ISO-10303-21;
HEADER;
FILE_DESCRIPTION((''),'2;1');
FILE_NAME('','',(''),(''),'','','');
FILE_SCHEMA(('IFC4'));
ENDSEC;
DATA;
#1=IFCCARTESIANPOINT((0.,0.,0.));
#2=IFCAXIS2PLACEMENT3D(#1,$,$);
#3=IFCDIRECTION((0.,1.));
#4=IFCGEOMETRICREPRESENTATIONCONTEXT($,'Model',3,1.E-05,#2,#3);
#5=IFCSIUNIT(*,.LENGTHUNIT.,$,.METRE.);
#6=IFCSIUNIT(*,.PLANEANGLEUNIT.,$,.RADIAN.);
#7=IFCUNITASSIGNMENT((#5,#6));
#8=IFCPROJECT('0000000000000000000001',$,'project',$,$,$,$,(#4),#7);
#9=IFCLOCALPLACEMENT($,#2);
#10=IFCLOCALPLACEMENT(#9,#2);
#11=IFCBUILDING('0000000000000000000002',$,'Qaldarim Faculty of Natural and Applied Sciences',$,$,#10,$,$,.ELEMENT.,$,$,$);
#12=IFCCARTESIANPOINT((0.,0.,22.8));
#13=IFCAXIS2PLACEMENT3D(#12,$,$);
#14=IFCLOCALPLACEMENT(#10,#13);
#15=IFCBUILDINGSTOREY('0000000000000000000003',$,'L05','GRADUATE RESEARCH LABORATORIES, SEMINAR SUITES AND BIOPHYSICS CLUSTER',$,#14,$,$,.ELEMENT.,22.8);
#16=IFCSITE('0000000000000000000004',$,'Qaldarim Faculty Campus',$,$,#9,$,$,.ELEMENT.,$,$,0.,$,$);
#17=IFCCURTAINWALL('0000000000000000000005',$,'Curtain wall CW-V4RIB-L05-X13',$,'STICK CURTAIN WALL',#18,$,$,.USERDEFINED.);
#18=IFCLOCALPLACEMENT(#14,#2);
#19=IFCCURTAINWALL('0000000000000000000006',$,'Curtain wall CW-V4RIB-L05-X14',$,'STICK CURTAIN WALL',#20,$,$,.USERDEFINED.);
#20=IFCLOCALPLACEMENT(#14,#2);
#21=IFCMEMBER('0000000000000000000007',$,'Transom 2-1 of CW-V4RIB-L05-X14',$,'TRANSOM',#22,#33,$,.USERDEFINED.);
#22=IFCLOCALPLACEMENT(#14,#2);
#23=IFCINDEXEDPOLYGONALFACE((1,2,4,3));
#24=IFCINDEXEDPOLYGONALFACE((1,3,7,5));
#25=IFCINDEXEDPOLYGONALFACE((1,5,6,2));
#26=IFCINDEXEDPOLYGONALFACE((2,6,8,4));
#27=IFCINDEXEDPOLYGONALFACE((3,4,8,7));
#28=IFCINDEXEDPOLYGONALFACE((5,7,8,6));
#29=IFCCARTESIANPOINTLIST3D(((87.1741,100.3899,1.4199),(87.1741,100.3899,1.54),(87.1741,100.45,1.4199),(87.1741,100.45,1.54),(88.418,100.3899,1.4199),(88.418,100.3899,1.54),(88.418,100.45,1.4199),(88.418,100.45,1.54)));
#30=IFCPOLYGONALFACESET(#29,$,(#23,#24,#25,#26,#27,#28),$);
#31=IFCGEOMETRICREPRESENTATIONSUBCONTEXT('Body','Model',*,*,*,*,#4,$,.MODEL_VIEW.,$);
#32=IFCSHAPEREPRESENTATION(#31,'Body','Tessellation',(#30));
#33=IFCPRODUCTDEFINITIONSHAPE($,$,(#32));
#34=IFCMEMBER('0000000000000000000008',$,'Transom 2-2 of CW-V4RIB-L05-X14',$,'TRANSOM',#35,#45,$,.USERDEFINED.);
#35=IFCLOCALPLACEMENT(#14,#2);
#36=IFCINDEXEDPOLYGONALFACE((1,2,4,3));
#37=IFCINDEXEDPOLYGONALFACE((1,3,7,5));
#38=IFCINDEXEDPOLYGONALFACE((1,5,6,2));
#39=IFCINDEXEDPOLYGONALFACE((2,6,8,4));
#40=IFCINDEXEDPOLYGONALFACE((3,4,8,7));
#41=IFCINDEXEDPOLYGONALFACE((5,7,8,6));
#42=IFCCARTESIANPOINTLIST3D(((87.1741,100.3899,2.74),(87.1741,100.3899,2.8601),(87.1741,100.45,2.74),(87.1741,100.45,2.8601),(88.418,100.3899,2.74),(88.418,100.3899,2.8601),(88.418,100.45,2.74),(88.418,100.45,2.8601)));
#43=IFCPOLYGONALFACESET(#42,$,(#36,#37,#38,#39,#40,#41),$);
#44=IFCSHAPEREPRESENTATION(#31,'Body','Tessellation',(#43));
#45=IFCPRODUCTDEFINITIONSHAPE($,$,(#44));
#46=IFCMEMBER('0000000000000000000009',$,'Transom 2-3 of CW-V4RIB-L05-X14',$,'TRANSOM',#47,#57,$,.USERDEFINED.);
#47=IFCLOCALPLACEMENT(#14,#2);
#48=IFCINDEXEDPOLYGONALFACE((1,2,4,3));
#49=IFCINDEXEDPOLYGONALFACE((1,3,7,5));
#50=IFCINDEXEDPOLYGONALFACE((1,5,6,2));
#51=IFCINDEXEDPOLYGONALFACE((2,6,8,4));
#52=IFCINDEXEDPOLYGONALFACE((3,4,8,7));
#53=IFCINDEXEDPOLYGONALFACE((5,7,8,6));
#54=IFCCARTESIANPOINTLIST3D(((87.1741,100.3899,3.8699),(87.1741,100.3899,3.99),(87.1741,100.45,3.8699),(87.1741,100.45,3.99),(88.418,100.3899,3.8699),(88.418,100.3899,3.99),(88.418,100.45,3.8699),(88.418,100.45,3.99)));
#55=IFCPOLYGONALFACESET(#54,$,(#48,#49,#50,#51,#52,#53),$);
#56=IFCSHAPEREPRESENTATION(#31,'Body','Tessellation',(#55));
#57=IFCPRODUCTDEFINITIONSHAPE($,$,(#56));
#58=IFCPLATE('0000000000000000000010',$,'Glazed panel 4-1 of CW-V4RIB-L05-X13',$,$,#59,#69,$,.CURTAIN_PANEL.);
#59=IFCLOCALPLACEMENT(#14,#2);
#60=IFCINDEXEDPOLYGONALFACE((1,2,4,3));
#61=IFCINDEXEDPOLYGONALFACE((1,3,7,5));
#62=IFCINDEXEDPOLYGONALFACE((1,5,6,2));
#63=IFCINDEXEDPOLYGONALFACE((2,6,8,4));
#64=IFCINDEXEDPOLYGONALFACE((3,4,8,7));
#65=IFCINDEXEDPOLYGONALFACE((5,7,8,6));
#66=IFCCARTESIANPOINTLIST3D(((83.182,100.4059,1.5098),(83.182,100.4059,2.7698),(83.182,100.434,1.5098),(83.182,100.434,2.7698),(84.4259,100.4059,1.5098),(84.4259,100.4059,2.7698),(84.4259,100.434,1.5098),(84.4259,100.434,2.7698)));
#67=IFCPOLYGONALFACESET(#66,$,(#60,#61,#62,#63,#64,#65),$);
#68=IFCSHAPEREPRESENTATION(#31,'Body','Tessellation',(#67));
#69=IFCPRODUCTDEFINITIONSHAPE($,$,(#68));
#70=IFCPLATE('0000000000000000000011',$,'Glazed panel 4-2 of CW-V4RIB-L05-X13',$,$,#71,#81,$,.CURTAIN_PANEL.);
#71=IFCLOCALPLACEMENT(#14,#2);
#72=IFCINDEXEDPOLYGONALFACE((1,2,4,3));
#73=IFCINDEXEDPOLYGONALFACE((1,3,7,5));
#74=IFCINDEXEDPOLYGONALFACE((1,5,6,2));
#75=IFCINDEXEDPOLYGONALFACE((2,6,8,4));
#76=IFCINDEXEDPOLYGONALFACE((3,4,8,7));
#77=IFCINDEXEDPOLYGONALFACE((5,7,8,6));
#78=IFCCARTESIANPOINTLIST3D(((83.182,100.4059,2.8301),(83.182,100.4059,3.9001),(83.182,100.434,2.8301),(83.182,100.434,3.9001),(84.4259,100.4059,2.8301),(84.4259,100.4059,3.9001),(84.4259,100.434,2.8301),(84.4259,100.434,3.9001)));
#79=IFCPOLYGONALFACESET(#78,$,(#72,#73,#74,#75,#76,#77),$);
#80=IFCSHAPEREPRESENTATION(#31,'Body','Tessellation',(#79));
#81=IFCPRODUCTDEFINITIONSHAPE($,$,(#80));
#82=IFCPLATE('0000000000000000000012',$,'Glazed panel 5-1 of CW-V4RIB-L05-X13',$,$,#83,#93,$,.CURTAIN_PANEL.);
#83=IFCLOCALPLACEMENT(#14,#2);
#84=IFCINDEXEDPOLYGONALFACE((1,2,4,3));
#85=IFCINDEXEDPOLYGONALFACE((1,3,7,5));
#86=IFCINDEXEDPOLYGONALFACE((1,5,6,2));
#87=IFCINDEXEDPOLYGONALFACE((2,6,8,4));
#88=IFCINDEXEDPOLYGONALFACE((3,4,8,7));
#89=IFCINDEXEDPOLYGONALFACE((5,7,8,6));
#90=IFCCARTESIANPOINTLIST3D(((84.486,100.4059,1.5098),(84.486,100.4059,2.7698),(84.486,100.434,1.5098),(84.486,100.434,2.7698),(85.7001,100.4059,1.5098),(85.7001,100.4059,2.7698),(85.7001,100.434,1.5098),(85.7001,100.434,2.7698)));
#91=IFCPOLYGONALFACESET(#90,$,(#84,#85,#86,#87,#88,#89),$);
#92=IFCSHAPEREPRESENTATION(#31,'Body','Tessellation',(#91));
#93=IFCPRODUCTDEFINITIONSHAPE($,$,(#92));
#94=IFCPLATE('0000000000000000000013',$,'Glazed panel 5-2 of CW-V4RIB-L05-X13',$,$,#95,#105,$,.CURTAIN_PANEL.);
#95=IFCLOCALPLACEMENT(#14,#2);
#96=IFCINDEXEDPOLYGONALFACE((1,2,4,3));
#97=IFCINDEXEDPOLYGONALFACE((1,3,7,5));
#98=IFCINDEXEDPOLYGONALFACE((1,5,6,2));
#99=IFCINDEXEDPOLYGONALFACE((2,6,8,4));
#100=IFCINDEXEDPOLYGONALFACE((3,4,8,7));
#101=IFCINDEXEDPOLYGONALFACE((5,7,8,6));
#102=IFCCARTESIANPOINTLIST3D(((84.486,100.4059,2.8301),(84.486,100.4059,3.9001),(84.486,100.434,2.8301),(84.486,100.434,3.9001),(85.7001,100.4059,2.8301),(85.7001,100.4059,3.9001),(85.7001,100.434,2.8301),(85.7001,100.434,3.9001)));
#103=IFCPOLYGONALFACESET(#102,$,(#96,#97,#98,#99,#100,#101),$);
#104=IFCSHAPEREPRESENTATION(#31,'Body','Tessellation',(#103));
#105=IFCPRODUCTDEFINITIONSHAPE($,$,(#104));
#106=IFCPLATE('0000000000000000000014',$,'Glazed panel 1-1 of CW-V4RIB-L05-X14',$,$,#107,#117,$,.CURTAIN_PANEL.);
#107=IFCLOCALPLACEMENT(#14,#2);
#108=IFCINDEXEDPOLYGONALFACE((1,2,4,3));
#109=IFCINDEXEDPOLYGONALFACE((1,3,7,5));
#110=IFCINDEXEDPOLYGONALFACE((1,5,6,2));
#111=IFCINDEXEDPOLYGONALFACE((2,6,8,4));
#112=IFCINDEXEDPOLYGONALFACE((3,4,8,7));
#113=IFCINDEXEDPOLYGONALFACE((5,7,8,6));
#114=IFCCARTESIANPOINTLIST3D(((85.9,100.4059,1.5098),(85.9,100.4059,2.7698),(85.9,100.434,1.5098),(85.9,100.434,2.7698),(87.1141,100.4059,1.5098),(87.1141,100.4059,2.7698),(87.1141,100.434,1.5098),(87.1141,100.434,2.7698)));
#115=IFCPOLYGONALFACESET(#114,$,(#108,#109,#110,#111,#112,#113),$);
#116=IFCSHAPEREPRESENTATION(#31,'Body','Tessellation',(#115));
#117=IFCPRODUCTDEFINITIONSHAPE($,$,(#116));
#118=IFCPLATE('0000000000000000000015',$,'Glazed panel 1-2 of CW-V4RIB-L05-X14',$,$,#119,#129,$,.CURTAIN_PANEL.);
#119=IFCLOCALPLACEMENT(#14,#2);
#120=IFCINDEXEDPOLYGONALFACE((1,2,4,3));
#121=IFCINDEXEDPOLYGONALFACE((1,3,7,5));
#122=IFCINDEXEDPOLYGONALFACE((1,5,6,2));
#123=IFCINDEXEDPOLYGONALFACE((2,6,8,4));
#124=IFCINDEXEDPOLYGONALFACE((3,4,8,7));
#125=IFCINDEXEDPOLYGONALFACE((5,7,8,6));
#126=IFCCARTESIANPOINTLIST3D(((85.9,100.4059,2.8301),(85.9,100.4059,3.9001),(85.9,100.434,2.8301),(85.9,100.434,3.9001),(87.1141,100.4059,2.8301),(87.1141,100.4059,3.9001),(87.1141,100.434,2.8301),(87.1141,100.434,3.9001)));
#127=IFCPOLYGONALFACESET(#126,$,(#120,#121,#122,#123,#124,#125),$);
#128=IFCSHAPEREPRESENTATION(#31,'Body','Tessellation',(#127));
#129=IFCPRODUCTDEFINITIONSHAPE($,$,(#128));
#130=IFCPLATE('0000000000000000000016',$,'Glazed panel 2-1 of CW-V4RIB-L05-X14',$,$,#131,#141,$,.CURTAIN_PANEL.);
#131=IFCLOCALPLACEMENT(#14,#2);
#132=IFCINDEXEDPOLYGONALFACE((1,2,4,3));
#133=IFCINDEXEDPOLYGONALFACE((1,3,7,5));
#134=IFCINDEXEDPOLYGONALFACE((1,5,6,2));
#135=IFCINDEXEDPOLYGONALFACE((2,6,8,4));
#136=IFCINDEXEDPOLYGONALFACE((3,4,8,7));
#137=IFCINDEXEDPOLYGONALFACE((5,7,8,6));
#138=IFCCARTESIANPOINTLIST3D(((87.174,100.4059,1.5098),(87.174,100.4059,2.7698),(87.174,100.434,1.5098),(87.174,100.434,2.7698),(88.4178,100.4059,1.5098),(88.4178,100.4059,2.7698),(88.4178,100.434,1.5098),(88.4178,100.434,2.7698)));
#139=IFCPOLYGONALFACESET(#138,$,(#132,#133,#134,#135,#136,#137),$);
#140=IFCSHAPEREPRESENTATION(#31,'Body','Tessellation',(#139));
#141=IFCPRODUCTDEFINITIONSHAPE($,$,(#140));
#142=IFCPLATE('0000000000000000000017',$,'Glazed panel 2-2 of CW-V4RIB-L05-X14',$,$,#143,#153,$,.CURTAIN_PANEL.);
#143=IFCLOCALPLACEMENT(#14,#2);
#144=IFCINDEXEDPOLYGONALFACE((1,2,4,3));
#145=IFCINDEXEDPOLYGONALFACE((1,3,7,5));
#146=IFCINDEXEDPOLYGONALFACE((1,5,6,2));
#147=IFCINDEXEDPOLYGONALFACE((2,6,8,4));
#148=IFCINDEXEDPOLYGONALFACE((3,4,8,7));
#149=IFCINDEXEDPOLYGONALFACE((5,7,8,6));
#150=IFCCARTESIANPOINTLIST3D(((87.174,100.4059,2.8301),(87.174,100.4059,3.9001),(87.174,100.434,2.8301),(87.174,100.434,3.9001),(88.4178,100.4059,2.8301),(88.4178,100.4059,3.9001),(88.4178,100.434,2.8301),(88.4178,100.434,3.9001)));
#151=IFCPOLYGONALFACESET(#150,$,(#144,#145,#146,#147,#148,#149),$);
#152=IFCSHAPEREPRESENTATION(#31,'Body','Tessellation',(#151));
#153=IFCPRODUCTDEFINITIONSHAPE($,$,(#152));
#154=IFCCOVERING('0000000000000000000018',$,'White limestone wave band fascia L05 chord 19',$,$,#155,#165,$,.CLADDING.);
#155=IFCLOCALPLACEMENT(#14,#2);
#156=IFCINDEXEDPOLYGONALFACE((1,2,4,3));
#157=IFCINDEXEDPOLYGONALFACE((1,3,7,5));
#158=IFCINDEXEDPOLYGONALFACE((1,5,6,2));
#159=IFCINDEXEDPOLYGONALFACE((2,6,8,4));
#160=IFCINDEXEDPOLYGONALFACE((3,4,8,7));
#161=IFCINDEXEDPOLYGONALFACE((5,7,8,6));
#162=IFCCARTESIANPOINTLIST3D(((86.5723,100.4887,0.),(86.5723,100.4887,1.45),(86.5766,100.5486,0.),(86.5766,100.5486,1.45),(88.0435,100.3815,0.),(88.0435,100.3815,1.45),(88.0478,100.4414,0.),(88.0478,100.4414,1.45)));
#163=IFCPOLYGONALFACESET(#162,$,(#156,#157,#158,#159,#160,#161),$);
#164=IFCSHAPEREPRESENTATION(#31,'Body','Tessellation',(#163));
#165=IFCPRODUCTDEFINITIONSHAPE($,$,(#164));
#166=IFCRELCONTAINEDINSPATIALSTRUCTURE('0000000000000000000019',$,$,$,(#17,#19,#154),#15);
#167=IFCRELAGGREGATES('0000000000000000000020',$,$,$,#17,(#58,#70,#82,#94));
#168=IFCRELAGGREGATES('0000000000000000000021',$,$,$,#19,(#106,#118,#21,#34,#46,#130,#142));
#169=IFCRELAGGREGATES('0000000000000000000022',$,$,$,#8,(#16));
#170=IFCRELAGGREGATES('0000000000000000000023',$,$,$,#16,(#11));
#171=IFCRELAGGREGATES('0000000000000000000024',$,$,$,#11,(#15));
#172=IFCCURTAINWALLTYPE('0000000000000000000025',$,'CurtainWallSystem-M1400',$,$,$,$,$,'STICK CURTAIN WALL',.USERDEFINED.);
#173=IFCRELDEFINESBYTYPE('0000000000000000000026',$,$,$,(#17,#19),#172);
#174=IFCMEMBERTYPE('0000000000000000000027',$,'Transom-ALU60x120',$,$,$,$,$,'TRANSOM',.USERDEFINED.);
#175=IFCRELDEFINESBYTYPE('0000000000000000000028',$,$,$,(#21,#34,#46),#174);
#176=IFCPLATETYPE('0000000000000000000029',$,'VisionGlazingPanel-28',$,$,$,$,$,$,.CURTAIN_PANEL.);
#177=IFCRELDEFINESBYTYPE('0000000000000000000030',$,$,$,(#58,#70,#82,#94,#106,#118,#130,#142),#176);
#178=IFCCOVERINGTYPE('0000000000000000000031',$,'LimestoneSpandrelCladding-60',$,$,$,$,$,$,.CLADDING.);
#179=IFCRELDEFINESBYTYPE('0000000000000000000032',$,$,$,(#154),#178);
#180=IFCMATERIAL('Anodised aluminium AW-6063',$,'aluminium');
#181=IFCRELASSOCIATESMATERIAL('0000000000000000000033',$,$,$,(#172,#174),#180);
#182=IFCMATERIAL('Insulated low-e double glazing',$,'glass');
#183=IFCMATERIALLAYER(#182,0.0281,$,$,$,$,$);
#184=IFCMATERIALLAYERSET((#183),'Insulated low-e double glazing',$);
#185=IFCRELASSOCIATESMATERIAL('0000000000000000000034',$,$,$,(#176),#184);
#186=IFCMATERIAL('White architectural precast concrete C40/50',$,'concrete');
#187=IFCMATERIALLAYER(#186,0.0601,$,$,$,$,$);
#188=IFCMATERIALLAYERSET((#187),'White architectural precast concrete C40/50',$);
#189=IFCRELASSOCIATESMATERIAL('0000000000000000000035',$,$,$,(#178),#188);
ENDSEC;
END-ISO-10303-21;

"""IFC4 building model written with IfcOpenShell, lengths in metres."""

from ifc_helpers import new_model, si_unit, direction, frame, origin, origin_2d, place, context, subcontext, project, spatial, rectangle, extrude, material, layer, layer_set, material_profile, profile_set, type_object, element, aggregate, save


model = new_model("IFC4")

# Units and contexts
model_context = context("Model", 3, precision=1e-05, world=origin(), true_north=direction((0.0, 1.0)))
body_context = subcontext(model_context, "Body", "Model", "MODEL_VIEW")
ifc_project = project(units=[si_unit("LENGTHUNIT", "METRE"), si_unit("PLANEANGLEUNIT", "RADIAN")], contexts=[model_context])

# Site, building, storey
site_placement = place(None, origin())
site = spatial("IfcSite", under=ifc_project, at=site_placement, Name="Qaldarim Faculty Campus", CompositionType="ELEMENT", RefElevation=0.0)
building_placement = place(site_placement, origin())
building = spatial("IfcBuilding", under=site, at=building_placement, Name="Qaldarim Faculty of Natural and Applied Sciences", CompositionType="ELEMENT")
storey_placement = place(building_placement, frame((0.0, 0.0, 22.8)))
storey = spatial("IfcBuildingStorey", under=building, at=storey_placement, Name="L05", Description="GRADUATE RESEARCH LABORATORIES, SEMINAR SUITES AND BIOPHYSICS CLUSTER", CompositionType="ELEMENT", Elevation=22.8)

# Curtain walls
ifc_material_1 = material(Name="Anodised aluminium AW-6063", Category="aluminium")
curtain_wall_type = type_object("IfcCurtainWallType", Name="CurtainWallSystem-M1400", ElementType="STICK CURTAIN WALL", PredefinedType="USERDEFINED", material=ifc_material_1)
curtain_wall_1_placement = place(storey_placement, origin())
curtain_wall_1 = element("IfcCurtainWall", 1, at=curtain_wall_1_placement, inside=storey, type_object=curtain_wall_type, Name="Curtain wall CW-V4RIB-L05-X13", ObjectType="STICK CURTAIN WALL", PredefinedType="USERDEFINED")
curtain_wall_2_placement = place(storey_placement, origin())
curtain_wall_2 = element("IfcCurtainWall", 2, at=curtain_wall_2_placement, inside=storey, type_object=curtain_wall_type, Name="Curtain wall CW-V4RIB-L05-X14", ObjectType="STICK CURTAIN WALL", PredefinedType="USERDEFINED")

# Members
ifc_material_profile_1 = material_profile(ifc_material_1, rectangle(XDim=0.0601, YDim=0.1201, at=origin_2d()), Name="ALU-T60x120")
ifc_profile_set_1 = profile_set([ifc_material_profile_1], Name="Anodised aluminium AW-6063")
member_type_1 = type_object("IfcMemberType", Name="Transom-ALU60x120", ElementType="TRANSOM", PredefinedType="USERDEFINED", material=ifc_profile_set_1)
member_1_placement = place(storey_placement, frame((87.1741, 100.4199, 1.48), z_axis=(1.0, 0.0, 0.0), x_axis=(0.0, 1.0, 0.0)))
member_1 = element("IfcMember", 3, at=member_1_placement, type_object=member_type_1, Name="Transom 2-1 of CW-V4RIB-L05-X14", ObjectType="TRANSOM", PredefinedType="USERDEFINED", context=body_context, shape_type="SweptSolid", body=[
    extrude(rectangle(XDim=0.0601, YDim=0.1201, at=origin_2d()), origin(), (0.0, 0.0, 1.0), 1.2439),
])
member_2_placement = place(storey_placement, frame((87.1741, 100.4199, 2.8), z_axis=(1.0, 0.0, 0.0), x_axis=(0.0, 1.0, 0.0)))
member_2 = element("IfcMember", 4, at=member_2_placement, type_object=member_type_1, Name="Transom 2-2 of CW-V4RIB-L05-X14", ObjectType="TRANSOM", PredefinedType="USERDEFINED", context=body_context, shape_type="SweptSolid", body=[
    extrude(rectangle(XDim=0.0601, YDim=0.1201, at=origin_2d()), origin(), (0.0, 0.0, 1.0), 1.2439),
])
member_3_placement = place(storey_placement, frame((87.1741, 100.4199, 3.9299), z_axis=(1.0, 0.0, 0.0), x_axis=(0.0, 1.0, 0.0)))
member_3 = element("IfcMember", 5, at=member_3_placement, type_object=member_type_1, Name="Transom 2-3 of CW-V4RIB-L05-X14", ObjectType="TRANSOM", PredefinedType="USERDEFINED", context=body_context, shape_type="SweptSolid", body=[
    extrude(rectangle(XDim=0.0601, YDim=0.1201, at=origin_2d()), origin(), (0.0, 0.0, 1.0), 1.2439),
])

# Plates
ifc_material_2 = material(Name="Insulated low-e double glazing", Category="glass")
ifc_layer_1 = layer(ifc_material_2, 0.0281)
ifc_layer_set_1 = layer_set([ifc_layer_1], Name="Insulated low-e double glazing")
plate_type = type_object("IfcPlateType", Name="VisionGlazingPanel-28", PredefinedType="CURTAIN_PANEL", material=ifc_layer_set_1)
plate_1_placement = place(storey_placement, frame((83.804, 100.4199, 1.5098), z_axis=(0.0, 0.0, 1.0), x_axis=(1.0, 0.0, 0.0)))
plate_1 = element("IfcPlate", 6, at=plate_1_placement, type_object=plate_type, Name="Glazed panel 4-1 of CW-V4RIB-L05-X13", PredefinedType="CURTAIN_PANEL", context=body_context, shape_type="SweptSolid", body=[
    extrude(rectangle(XDim=1.2439, YDim=0.0281, at=origin_2d()), origin(), (0.0, 0.0, 1.0), 1.26),
])
plate_2_placement = place(storey_placement, frame((83.804, 100.4199, 2.8301), z_axis=(0.0, 0.0, 1.0), x_axis=(1.0, 0.0, 0.0)))
plate_2 = element("IfcPlate", 7, at=plate_2_placement, type_object=plate_type, Name="Glazed panel 4-2 of CW-V4RIB-L05-X13", PredefinedType="CURTAIN_PANEL", context=body_context, shape_type="SweptSolid", body=[
    extrude(rectangle(XDim=1.2439, YDim=0.0281, at=origin_2d()), origin(), (0.0, 0.0, 1.0), 1.0701),
])
plate_3_placement = place(storey_placement, frame((85.093, 100.4199, 1.5098), z_axis=(0.0, 0.0, 1.0), x_axis=(1.0, 0.0, 0.0)))
plate_3 = element("IfcPlate", 8, at=plate_3_placement, type_object=plate_type, Name="Glazed panel 5-1 of CW-V4RIB-L05-X13", PredefinedType="CURTAIN_PANEL", context=body_context, shape_type="SweptSolid", body=[
    extrude(rectangle(XDim=1.2141, YDim=0.0281, at=origin_2d()), origin(), (0.0, 0.0, 1.0), 1.26),
])
plate_4_placement = place(storey_placement, frame((85.093, 100.4199, 2.8301), z_axis=(0.0, 0.0, 1.0), x_axis=(1.0, 0.0, 0.0)))
plate_4 = element("IfcPlate", 9, at=plate_4_placement, type_object=plate_type, Name="Glazed panel 5-2 of CW-V4RIB-L05-X13", PredefinedType="CURTAIN_PANEL", context=body_context, shape_type="SweptSolid", body=[
    extrude(rectangle(XDim=1.2141, YDim=0.0281, at=origin_2d()), origin(), (0.0, 0.0, 1.0), 1.0701),
])
aggregate(curtain_wall_1, [plate_1, plate_2, plate_3, plate_4])
plate_5_placement = place(storey_placement, frame((86.5071, 100.4199, 1.5098), z_axis=(0.0, 0.0, 1.0), x_axis=(1.0, 0.0, 0.0)))
plate_5 = element("IfcPlate", 10, at=plate_5_placement, type_object=plate_type, Name="Glazed panel 1-1 of CW-V4RIB-L05-X14", PredefinedType="CURTAIN_PANEL", context=body_context, shape_type="SweptSolid", body=[
    extrude(rectangle(XDim=1.2141, YDim=0.0281, at=origin_2d()), origin(), (0.0, 0.0, 1.0), 1.26),
])
plate_6_placement = place(storey_placement, frame((86.5071, 100.4199, 2.8301), z_axis=(0.0, 0.0, 1.0), x_axis=(1.0, 0.0, 0.0)))
plate_6 = element("IfcPlate", 11, at=plate_6_placement, type_object=plate_type, Name="Glazed panel 1-2 of CW-V4RIB-L05-X14", PredefinedType="CURTAIN_PANEL", context=body_context, shape_type="SweptSolid", body=[
    extrude(rectangle(XDim=1.2141, YDim=0.0281, at=origin_2d()), origin(), (0.0, 0.0, 1.0), 1.0701),
])
plate_7_placement = place(storey_placement, frame((87.7959, 100.4199, 1.5098), z_axis=(0.0, 0.0, 1.0), x_axis=(1.0, 0.0, 0.0)))
plate_7 = element("IfcPlate", 12, at=plate_7_placement, type_object=plate_type, Name="Glazed panel 2-1 of CW-V4RIB-L05-X14", PredefinedType="CURTAIN_PANEL", context=body_context, shape_type="SweptSolid", body=[
    extrude(rectangle(XDim=1.2439, YDim=0.0281, at=origin_2d()), origin(), (0.0, 0.0, 1.0), 1.26),
])
plate_8_placement = place(storey_placement, frame((87.7959, 100.4199, 2.8301), z_axis=(0.0, 0.0, 1.0), x_axis=(1.0, 0.0, 0.0)))
plate_8 = element("IfcPlate", 13, at=plate_8_placement, type_object=plate_type, Name="Glazed panel 2-2 of CW-V4RIB-L05-X14", PredefinedType="CURTAIN_PANEL", context=body_context, shape_type="SweptSolid", body=[
    extrude(rectangle(XDim=1.2439, YDim=0.0281, at=origin_2d()), origin(), (0.0, 0.0, 1.0), 1.0701),
])
aggregate(curtain_wall_2, [plate_5, plate_6, member_1, member_2, member_3, plate_7, plate_8])

# Covering
ifc_material_3 = material(Name="White architectural precast concrete C40/50", Category="concrete")
ifc_layer_2 = layer(ifc_material_3, 0.0601)
ifc_layer_set_2 = layer_set([ifc_layer_2], Name="White architectural precast concrete C40/50")
covering_type = type_object("IfcCoveringType", Name="LimestoneSpandrelCladding-60", PredefinedType="CLADDING", material=ifc_layer_set_2)
covering_placement = place(storey_placement, frame((87.3101, 100.4651, 0.0), z_axis=(0.0, 0.0, 1.0), x_axis=(0.997356, -0.072664, 0.0)))
element("IfcCovering", 14, at=covering_placement, inside=storey, type_object=covering_type, Name="White limestone wave band fascia L05 chord 19", PredefinedType="CLADDING", context=body_context, shape_type="SweptSolid", body=[
    extrude(rectangle(XDim=1.4751, YDim=0.0601, at=origin_2d()), origin(), (0.0, 0.0, 1.0), 1.45),
])

save(model, "model.ifc")
